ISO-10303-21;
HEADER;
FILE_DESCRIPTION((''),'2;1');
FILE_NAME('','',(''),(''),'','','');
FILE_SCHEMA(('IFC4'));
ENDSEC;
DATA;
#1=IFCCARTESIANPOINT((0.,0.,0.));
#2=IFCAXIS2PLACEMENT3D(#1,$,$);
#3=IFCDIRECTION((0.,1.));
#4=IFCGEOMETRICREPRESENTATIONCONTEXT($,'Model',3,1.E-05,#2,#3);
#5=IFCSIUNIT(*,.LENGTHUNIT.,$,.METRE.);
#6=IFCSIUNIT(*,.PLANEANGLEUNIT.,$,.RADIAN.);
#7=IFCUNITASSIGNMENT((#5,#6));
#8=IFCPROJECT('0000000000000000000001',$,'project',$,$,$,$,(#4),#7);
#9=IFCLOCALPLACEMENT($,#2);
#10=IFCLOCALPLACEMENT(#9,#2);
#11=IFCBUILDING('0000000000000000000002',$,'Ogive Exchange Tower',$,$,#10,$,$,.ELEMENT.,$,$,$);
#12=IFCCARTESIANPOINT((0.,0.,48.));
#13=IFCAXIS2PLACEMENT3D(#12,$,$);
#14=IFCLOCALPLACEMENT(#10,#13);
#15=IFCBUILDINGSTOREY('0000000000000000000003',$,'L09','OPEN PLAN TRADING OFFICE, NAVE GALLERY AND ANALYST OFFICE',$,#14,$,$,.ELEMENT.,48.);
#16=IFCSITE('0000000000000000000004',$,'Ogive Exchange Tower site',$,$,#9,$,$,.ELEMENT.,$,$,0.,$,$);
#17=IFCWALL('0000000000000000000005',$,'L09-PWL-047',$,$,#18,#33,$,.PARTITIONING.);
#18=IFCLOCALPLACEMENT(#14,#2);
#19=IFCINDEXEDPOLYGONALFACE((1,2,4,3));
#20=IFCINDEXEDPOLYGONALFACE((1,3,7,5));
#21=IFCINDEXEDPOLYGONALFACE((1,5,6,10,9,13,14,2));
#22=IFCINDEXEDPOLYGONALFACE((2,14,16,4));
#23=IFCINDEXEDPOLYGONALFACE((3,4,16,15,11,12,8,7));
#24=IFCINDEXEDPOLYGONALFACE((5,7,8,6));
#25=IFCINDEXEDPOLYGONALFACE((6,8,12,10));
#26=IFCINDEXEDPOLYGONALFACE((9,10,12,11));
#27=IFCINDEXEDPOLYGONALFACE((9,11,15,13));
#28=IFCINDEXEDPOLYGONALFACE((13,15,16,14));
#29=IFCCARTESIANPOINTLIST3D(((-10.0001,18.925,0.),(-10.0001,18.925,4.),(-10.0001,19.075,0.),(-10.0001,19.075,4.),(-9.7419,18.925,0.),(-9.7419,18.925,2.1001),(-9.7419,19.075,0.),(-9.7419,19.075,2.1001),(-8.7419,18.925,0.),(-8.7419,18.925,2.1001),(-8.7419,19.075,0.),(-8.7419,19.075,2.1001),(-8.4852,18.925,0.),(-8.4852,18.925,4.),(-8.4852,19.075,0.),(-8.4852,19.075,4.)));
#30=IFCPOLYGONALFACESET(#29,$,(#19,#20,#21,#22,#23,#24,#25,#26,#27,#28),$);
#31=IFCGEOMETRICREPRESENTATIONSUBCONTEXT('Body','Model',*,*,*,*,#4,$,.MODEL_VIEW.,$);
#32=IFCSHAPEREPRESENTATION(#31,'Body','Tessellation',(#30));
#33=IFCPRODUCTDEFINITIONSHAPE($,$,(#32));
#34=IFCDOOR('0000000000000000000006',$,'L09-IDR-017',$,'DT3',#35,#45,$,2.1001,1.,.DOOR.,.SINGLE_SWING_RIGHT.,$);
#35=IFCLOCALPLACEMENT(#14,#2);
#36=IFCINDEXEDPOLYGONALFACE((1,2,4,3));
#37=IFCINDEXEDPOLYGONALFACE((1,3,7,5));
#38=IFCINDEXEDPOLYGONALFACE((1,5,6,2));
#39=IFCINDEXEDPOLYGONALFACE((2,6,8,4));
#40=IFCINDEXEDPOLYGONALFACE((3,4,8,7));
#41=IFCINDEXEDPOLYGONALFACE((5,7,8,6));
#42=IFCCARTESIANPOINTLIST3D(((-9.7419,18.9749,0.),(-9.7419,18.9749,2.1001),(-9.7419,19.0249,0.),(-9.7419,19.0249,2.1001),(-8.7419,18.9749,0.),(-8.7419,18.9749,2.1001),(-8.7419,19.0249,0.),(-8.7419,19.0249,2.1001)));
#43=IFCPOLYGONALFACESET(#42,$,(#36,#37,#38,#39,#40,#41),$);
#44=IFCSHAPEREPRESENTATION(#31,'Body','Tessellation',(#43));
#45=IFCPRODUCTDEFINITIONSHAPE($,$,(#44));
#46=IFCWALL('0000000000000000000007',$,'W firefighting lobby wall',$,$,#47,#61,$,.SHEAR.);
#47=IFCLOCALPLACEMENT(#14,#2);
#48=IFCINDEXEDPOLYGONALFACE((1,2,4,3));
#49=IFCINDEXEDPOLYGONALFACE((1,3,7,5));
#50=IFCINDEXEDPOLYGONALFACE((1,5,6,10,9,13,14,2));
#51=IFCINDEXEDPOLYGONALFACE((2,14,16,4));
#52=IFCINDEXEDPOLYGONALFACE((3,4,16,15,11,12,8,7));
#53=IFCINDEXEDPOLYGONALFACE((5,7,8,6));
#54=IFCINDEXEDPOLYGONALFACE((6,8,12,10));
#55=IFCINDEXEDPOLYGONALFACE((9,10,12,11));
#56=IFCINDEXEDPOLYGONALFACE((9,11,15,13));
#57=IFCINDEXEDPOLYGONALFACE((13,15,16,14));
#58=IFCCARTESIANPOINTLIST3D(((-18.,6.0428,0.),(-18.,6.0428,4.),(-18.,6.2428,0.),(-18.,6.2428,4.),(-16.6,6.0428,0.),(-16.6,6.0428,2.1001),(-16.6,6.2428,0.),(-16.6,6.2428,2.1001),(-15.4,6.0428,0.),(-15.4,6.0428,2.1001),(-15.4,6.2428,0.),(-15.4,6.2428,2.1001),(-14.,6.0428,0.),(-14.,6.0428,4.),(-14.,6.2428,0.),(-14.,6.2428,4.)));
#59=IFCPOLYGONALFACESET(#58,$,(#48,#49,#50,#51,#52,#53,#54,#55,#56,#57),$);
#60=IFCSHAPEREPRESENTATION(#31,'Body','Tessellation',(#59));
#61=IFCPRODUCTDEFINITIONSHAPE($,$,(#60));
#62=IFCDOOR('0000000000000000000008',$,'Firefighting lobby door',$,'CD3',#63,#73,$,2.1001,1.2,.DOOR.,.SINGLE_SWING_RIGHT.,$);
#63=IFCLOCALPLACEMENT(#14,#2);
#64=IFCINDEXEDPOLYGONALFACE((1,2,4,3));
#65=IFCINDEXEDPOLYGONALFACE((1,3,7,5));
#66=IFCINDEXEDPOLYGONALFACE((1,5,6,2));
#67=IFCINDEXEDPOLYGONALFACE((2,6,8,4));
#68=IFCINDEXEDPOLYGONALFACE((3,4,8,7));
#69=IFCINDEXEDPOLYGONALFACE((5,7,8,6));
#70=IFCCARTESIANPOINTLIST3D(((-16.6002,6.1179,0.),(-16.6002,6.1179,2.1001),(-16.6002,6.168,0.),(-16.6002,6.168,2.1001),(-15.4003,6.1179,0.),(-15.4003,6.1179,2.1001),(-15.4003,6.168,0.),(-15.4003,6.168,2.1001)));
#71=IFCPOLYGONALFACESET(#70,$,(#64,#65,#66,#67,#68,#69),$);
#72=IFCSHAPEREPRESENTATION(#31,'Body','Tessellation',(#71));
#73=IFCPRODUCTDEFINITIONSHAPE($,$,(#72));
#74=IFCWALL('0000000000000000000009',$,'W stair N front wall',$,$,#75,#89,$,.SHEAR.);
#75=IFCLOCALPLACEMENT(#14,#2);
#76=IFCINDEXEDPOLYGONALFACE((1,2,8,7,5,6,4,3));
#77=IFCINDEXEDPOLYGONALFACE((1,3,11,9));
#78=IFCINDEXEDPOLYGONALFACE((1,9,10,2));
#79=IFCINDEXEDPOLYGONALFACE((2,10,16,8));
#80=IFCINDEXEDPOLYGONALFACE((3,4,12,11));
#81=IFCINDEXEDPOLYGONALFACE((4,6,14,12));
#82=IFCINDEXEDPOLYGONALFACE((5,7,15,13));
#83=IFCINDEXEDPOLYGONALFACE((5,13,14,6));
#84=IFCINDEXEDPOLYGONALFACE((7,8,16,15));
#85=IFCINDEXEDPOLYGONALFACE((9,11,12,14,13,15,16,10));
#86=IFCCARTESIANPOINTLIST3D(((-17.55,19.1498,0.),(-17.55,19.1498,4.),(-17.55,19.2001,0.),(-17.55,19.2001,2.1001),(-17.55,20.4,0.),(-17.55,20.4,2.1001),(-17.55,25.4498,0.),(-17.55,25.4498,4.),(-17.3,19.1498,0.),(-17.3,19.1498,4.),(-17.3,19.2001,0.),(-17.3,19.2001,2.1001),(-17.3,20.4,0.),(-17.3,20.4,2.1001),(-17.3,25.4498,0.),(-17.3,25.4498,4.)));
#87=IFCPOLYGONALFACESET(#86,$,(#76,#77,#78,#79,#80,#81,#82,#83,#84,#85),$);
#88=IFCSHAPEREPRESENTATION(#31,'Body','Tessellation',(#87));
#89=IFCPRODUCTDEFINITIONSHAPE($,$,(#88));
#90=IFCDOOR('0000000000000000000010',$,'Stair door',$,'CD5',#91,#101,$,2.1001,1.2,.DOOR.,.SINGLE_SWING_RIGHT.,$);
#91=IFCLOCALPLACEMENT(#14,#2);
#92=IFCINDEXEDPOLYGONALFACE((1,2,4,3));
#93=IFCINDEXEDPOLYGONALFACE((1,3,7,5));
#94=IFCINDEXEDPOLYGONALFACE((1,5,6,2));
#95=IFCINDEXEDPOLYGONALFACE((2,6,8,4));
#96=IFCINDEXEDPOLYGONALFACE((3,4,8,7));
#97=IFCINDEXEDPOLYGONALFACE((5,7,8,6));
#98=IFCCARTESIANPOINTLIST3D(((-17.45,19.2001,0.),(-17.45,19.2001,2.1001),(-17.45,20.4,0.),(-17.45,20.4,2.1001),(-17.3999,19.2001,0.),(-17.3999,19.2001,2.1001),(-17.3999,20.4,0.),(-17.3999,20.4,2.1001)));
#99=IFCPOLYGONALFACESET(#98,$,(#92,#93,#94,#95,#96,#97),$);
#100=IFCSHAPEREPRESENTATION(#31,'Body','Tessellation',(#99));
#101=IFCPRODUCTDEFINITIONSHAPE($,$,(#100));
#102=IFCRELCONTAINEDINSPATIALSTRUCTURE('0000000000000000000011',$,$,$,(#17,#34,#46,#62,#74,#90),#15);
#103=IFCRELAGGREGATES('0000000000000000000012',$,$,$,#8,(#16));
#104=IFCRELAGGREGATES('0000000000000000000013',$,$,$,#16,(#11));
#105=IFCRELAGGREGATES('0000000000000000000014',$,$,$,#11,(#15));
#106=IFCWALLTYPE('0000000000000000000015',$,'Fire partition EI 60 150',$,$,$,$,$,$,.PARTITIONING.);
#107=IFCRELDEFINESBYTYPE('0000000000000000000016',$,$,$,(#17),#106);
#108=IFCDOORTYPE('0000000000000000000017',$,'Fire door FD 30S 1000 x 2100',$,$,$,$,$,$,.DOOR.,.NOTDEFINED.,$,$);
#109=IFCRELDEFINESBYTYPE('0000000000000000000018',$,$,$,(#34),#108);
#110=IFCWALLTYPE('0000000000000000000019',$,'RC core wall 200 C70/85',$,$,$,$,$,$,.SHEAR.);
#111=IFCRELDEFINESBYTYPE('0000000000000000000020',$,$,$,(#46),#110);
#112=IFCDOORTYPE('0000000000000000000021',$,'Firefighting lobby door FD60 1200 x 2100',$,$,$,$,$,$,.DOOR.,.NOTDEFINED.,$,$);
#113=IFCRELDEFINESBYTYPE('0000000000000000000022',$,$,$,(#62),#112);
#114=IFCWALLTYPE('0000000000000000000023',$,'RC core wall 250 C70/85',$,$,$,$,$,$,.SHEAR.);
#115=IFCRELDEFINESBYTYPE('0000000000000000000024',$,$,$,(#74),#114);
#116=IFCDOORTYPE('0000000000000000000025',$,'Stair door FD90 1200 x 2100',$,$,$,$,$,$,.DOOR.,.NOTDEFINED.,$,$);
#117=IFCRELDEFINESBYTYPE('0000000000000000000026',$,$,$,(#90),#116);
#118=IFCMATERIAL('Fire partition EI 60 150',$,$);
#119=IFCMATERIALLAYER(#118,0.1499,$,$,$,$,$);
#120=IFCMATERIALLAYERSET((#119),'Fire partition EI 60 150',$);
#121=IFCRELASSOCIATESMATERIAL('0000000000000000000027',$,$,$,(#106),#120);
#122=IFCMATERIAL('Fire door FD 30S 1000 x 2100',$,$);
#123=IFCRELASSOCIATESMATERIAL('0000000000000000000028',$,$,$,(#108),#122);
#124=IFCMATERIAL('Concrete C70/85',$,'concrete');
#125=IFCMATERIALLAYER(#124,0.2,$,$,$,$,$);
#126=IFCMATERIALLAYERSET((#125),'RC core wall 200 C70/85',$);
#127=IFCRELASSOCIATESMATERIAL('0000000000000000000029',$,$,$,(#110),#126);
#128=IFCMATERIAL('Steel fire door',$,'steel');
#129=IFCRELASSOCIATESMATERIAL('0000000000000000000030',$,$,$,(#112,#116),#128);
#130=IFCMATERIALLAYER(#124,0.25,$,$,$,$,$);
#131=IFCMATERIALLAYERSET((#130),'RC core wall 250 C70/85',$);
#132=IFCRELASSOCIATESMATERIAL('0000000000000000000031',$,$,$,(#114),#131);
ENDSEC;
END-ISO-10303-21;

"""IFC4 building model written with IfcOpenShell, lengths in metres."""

from ifc_helpers import new_model, si_unit, direction, frame, frame_2d, origin, place, context, subcontext, project, spatial, rectangle, extrude, material, layer, layer_set, type_object, element, fill, save


model = new_model("IFC4")

# Units and contexts
model_context = context("Model", 3, precision=1e-05, world=origin(), true_north=direction((0.0, 1.0)))
body_context = subcontext(model_context, "Body", "Model", "MODEL_VIEW")
ifc_project = project(units=[si_unit("LENGTHUNIT", "METRE"), si_unit("PLANEANGLEUNIT", "RADIAN")], contexts=[model_context])

# Site, building, storey
site_placement = place(None, origin())
site = spatial("IfcSite", under=ifc_project, at=site_placement, Name="Ogive Exchange Tower site", CompositionType="ELEMENT", RefElevation=0.0)
building_placement = place(site_placement, origin())
building = spatial("IfcBuilding", under=site, at=building_placement, Name="Ogive Exchange Tower", CompositionType="ELEMENT")
storey_placement = place(building_placement, frame((0.0, 0.0, 48.0)))
storey = spatial("IfcBuildingStorey", under=building, at=storey_placement, Name="L09", Description="OPEN PLAN TRADING OFFICE, NAVE GALLERY AND ANALYST OFFICE", CompositionType="ELEMENT", Elevation=48.0)

# Walls, openings, doors
ifc_material_1 = material(Name="Fire partition EI 60 150")
ifc_layer_1 = layer(ifc_material_1, 0.1499)
ifc_layer_set_1 = layer_set([ifc_layer_1], Name="Fire partition EI 60 150")
wall_type_1 = type_object("IfcWallType", Name="Fire partition EI 60 150", PredefinedType="PARTITIONING", material=ifc_layer_set_1)
ifc_material_2 = material(Name="Fire door FD 30S 1000 x 2100")
door_type_1 = type_object("IfcDoorType", Name="Fire door FD 30S 1000 x 2100", OperationType="NOTDEFINED", PredefinedType="DOOR", material=ifc_material_2)
wall_1_placement = place(storey_placement, frame((-10.0, 19.0, 0.0), z_axis=(0.0, 0.0, 1.0), x_axis=(1.0, 0.0, 0.0)))
wall_1 = element("IfcWall", 1, at=wall_1_placement, inside=storey, type_object=wall_type_1, Name="L09-PWL-047", PredefinedType="PARTITIONING", context=body_context, shape_type="SweptSolid", body=[
    extrude(rectangle(XDim=1.5149, YDim=0.1499, at=frame_2d((0.7573, 0.0))), origin(), (0.0, 0.0, 1.0), 4.0),
])
opening_1_placement = place(wall_1_placement, frame((0.2581, 0.0, 0.0)))
opening_1 = element("IfcOpeningElement", 2, at=opening_1_placement, cuts=wall_1, PredefinedType="OPENING", context=body_context, shape_type="SweptSolid", body=[
    extrude(rectangle(XDim=1.0, YDim=2.1001, at=frame_2d((0.5, 1.05))), frame((0.0, 0.085, 0.0), z_axis=(0.0, -1.0, 0.0), x_axis=(1.0, 0.0, 0.0)), (0.0, 0.0, 1.0), 0.1699),
])
door_1_placement = place(opening_1_placement, origin())
door_1 = element("IfcDoor", 3, at=door_1_placement, inside=storey, type_object=door_type_1, Name="L09-IDR-017", ObjectType="DT3", OperationType="SINGLE_SWING_RIGHT", OverallHeight=2.1001, OverallWidth=1.0, PredefinedType="DOOR", context=body_context, shape_type="SweptSolid", body=[
    extrude(rectangle(XDim=1.0, YDim=2.1001, at=frame_2d((0.5, 1.05))), frame((0.0, 0.0249, 0.0), z_axis=(0.0, -1.0, 0.0), x_axis=(1.0, 0.0, 0.0)), (0.0, 0.0, 1.0), 0.05),
])
fill(opening_1, door_1)
ifc_material_3 = material(Name="Concrete C70/85", Category="concrete")
ifc_layer_2 = layer(ifc_material_3, 0.2)
ifc_layer_set_2 = layer_set([ifc_layer_2], Name="RC core wall 200 C70/85")
wall_type_2 = type_object("IfcWallType", Name="RC core wall 200 C70/85", PredefinedType="SHEAR", material=ifc_layer_set_2)
wall_2_placement = place(storey_placement, frame((-18.0, 6.1428, 0.0), z_axis=(0.0, 0.0, 1.0), x_axis=(1.0, 0.0, 0.0)))
wall_2 = element("IfcWall", 4, at=wall_2_placement, inside=storey, type_object=wall_type_2, Name="W firefighting lobby wall", PredefinedType="SHEAR", context=body_context, shape_type="SweptSolid", body=[
    extrude(rectangle(XDim=4.0, YDim=0.2, at=frame_2d((2.0, 0.0))), origin(), (0.0, 0.0, 1.0), 4.0),
])
opening_2_placement = place(wall_2_placement, frame((1.3999, 0.0, 0.0)))
opening_2 = element("IfcOpeningElement", 5, at=opening_2_placement, cuts=wall_2, PredefinedType="OPENING", context=body_context, shape_type="SweptSolid", body=[
    extrude(rectangle(XDim=1.2, YDim=2.1001, at=frame_2d((0.6001, 1.05))), frame((0.0, 0.1099, 0.0), z_axis=(0.0, -1.0, 0.0), x_axis=(1.0, 0.0, 0.0)), (0.0, 0.0, 1.0), 0.22),
])
ifc_material_4 = material(Name="Steel fire door", Category="steel")
door_type_2 = type_object("IfcDoorType", Name="Firefighting lobby door FD60 1200 x 2100", OperationType="NOTDEFINED", PredefinedType="DOOR", material=ifc_material_4)
door_2_placement = place(opening_2_placement, frame((1.2, 0.0, 0.0), z_axis=(0.0, 0.0, 1.0), x_axis=(-1.0, 0.0, 0.0)))
door_2 = element("IfcDoor", 6, at=door_2_placement, inside=storey, type_object=door_type_2, Name="Firefighting lobby door", ObjectType="CD3", OperationType="SINGLE_SWING_RIGHT", OverallHeight=2.1001, OverallWidth=1.2, PredefinedType="DOOR", context=body_context, shape_type="SweptSolid", body=[
    extrude(rectangle(XDim=1.2, YDim=2.1001, at=frame_2d((0.6001, 1.05))), frame((0.0, 0.0249, 0.0), z_axis=(0.0, -1.0, 0.0), x_axis=(1.0, 0.0, 0.0)), (0.0, 0.0, 1.0), 0.05),
])
fill(opening_2, door_2)
ifc_layer_3 = layer(ifc_material_3, 0.25)
ifc_layer_set_3 = layer_set([ifc_layer_3], Name="RC core wall 250 C70/85")
wall_type_3 = type_object("IfcWallType", Name="RC core wall 250 C70/85", PredefinedType="SHEAR", material=ifc_layer_set_3)
wall_3_placement = place(storey_placement, frame((-17.425, 19.1499, 0.0), z_axis=(0.0, 0.0, 1.0), x_axis=(0.0, 1.0, 0.0)))
wall_3 = element("IfcWall", 7, at=wall_3_placement, inside=storey, type_object=wall_type_3, Name="W stair N front wall", PredefinedType="SHEAR", context=body_context, shape_type="SweptSolid", body=[
    extrude(rectangle(XDim=6.3, YDim=0.25, at=frame_2d((3.1499, 0.0))), origin(), (0.0, 0.0, 1.0), 4.0),
])
opening_3_placement = place(wall_3_placement, frame((0.05, 0.0, 0.0)))
opening_3 = element("IfcOpeningElement", 8, at=opening_3_placement, cuts=wall_3, PredefinedType="OPENING", context=body_context, shape_type="SweptSolid", body=[
    extrude(rectangle(XDim=1.2, YDim=2.1001, at=frame_2d((0.6001, 1.05))), frame((0.0, 0.135, 0.0), z_axis=(0.0, -1.0, 0.0), x_axis=(1.0, 0.0, 0.0)), (0.0, 0.0, 1.0), 0.27),
])
door_type_3 = type_object("IfcDoorType", Name="Stair door FD90 1200 x 2100", OperationType="NOTDEFINED", PredefinedType="DOOR", material=ifc_material_4)
door_3_placement = place(opening_3_placement, origin())
door_3 = element("IfcDoor", 9, at=door_3_placement, inside=storey, type_object=door_type_3, Name="Stair door", ObjectType="CD5", OperationType="SINGLE_SWING_RIGHT", OverallHeight=2.1001, OverallWidth=1.2, PredefinedType="DOOR", context=body_context, shape_type="SweptSolid", body=[
    extrude(rectangle(XDim=1.2, YDim=2.1001, at=frame_2d((0.6001, 1.05))), frame((0.0, 0.0249, 0.0), z_axis=(0.0, -1.0, 0.0), x_axis=(1.0, 0.0, 0.0)), (0.0, 0.0, 1.0), 0.05),
])
fill(opening_3, door_3)

save(model, "model.ifc")
